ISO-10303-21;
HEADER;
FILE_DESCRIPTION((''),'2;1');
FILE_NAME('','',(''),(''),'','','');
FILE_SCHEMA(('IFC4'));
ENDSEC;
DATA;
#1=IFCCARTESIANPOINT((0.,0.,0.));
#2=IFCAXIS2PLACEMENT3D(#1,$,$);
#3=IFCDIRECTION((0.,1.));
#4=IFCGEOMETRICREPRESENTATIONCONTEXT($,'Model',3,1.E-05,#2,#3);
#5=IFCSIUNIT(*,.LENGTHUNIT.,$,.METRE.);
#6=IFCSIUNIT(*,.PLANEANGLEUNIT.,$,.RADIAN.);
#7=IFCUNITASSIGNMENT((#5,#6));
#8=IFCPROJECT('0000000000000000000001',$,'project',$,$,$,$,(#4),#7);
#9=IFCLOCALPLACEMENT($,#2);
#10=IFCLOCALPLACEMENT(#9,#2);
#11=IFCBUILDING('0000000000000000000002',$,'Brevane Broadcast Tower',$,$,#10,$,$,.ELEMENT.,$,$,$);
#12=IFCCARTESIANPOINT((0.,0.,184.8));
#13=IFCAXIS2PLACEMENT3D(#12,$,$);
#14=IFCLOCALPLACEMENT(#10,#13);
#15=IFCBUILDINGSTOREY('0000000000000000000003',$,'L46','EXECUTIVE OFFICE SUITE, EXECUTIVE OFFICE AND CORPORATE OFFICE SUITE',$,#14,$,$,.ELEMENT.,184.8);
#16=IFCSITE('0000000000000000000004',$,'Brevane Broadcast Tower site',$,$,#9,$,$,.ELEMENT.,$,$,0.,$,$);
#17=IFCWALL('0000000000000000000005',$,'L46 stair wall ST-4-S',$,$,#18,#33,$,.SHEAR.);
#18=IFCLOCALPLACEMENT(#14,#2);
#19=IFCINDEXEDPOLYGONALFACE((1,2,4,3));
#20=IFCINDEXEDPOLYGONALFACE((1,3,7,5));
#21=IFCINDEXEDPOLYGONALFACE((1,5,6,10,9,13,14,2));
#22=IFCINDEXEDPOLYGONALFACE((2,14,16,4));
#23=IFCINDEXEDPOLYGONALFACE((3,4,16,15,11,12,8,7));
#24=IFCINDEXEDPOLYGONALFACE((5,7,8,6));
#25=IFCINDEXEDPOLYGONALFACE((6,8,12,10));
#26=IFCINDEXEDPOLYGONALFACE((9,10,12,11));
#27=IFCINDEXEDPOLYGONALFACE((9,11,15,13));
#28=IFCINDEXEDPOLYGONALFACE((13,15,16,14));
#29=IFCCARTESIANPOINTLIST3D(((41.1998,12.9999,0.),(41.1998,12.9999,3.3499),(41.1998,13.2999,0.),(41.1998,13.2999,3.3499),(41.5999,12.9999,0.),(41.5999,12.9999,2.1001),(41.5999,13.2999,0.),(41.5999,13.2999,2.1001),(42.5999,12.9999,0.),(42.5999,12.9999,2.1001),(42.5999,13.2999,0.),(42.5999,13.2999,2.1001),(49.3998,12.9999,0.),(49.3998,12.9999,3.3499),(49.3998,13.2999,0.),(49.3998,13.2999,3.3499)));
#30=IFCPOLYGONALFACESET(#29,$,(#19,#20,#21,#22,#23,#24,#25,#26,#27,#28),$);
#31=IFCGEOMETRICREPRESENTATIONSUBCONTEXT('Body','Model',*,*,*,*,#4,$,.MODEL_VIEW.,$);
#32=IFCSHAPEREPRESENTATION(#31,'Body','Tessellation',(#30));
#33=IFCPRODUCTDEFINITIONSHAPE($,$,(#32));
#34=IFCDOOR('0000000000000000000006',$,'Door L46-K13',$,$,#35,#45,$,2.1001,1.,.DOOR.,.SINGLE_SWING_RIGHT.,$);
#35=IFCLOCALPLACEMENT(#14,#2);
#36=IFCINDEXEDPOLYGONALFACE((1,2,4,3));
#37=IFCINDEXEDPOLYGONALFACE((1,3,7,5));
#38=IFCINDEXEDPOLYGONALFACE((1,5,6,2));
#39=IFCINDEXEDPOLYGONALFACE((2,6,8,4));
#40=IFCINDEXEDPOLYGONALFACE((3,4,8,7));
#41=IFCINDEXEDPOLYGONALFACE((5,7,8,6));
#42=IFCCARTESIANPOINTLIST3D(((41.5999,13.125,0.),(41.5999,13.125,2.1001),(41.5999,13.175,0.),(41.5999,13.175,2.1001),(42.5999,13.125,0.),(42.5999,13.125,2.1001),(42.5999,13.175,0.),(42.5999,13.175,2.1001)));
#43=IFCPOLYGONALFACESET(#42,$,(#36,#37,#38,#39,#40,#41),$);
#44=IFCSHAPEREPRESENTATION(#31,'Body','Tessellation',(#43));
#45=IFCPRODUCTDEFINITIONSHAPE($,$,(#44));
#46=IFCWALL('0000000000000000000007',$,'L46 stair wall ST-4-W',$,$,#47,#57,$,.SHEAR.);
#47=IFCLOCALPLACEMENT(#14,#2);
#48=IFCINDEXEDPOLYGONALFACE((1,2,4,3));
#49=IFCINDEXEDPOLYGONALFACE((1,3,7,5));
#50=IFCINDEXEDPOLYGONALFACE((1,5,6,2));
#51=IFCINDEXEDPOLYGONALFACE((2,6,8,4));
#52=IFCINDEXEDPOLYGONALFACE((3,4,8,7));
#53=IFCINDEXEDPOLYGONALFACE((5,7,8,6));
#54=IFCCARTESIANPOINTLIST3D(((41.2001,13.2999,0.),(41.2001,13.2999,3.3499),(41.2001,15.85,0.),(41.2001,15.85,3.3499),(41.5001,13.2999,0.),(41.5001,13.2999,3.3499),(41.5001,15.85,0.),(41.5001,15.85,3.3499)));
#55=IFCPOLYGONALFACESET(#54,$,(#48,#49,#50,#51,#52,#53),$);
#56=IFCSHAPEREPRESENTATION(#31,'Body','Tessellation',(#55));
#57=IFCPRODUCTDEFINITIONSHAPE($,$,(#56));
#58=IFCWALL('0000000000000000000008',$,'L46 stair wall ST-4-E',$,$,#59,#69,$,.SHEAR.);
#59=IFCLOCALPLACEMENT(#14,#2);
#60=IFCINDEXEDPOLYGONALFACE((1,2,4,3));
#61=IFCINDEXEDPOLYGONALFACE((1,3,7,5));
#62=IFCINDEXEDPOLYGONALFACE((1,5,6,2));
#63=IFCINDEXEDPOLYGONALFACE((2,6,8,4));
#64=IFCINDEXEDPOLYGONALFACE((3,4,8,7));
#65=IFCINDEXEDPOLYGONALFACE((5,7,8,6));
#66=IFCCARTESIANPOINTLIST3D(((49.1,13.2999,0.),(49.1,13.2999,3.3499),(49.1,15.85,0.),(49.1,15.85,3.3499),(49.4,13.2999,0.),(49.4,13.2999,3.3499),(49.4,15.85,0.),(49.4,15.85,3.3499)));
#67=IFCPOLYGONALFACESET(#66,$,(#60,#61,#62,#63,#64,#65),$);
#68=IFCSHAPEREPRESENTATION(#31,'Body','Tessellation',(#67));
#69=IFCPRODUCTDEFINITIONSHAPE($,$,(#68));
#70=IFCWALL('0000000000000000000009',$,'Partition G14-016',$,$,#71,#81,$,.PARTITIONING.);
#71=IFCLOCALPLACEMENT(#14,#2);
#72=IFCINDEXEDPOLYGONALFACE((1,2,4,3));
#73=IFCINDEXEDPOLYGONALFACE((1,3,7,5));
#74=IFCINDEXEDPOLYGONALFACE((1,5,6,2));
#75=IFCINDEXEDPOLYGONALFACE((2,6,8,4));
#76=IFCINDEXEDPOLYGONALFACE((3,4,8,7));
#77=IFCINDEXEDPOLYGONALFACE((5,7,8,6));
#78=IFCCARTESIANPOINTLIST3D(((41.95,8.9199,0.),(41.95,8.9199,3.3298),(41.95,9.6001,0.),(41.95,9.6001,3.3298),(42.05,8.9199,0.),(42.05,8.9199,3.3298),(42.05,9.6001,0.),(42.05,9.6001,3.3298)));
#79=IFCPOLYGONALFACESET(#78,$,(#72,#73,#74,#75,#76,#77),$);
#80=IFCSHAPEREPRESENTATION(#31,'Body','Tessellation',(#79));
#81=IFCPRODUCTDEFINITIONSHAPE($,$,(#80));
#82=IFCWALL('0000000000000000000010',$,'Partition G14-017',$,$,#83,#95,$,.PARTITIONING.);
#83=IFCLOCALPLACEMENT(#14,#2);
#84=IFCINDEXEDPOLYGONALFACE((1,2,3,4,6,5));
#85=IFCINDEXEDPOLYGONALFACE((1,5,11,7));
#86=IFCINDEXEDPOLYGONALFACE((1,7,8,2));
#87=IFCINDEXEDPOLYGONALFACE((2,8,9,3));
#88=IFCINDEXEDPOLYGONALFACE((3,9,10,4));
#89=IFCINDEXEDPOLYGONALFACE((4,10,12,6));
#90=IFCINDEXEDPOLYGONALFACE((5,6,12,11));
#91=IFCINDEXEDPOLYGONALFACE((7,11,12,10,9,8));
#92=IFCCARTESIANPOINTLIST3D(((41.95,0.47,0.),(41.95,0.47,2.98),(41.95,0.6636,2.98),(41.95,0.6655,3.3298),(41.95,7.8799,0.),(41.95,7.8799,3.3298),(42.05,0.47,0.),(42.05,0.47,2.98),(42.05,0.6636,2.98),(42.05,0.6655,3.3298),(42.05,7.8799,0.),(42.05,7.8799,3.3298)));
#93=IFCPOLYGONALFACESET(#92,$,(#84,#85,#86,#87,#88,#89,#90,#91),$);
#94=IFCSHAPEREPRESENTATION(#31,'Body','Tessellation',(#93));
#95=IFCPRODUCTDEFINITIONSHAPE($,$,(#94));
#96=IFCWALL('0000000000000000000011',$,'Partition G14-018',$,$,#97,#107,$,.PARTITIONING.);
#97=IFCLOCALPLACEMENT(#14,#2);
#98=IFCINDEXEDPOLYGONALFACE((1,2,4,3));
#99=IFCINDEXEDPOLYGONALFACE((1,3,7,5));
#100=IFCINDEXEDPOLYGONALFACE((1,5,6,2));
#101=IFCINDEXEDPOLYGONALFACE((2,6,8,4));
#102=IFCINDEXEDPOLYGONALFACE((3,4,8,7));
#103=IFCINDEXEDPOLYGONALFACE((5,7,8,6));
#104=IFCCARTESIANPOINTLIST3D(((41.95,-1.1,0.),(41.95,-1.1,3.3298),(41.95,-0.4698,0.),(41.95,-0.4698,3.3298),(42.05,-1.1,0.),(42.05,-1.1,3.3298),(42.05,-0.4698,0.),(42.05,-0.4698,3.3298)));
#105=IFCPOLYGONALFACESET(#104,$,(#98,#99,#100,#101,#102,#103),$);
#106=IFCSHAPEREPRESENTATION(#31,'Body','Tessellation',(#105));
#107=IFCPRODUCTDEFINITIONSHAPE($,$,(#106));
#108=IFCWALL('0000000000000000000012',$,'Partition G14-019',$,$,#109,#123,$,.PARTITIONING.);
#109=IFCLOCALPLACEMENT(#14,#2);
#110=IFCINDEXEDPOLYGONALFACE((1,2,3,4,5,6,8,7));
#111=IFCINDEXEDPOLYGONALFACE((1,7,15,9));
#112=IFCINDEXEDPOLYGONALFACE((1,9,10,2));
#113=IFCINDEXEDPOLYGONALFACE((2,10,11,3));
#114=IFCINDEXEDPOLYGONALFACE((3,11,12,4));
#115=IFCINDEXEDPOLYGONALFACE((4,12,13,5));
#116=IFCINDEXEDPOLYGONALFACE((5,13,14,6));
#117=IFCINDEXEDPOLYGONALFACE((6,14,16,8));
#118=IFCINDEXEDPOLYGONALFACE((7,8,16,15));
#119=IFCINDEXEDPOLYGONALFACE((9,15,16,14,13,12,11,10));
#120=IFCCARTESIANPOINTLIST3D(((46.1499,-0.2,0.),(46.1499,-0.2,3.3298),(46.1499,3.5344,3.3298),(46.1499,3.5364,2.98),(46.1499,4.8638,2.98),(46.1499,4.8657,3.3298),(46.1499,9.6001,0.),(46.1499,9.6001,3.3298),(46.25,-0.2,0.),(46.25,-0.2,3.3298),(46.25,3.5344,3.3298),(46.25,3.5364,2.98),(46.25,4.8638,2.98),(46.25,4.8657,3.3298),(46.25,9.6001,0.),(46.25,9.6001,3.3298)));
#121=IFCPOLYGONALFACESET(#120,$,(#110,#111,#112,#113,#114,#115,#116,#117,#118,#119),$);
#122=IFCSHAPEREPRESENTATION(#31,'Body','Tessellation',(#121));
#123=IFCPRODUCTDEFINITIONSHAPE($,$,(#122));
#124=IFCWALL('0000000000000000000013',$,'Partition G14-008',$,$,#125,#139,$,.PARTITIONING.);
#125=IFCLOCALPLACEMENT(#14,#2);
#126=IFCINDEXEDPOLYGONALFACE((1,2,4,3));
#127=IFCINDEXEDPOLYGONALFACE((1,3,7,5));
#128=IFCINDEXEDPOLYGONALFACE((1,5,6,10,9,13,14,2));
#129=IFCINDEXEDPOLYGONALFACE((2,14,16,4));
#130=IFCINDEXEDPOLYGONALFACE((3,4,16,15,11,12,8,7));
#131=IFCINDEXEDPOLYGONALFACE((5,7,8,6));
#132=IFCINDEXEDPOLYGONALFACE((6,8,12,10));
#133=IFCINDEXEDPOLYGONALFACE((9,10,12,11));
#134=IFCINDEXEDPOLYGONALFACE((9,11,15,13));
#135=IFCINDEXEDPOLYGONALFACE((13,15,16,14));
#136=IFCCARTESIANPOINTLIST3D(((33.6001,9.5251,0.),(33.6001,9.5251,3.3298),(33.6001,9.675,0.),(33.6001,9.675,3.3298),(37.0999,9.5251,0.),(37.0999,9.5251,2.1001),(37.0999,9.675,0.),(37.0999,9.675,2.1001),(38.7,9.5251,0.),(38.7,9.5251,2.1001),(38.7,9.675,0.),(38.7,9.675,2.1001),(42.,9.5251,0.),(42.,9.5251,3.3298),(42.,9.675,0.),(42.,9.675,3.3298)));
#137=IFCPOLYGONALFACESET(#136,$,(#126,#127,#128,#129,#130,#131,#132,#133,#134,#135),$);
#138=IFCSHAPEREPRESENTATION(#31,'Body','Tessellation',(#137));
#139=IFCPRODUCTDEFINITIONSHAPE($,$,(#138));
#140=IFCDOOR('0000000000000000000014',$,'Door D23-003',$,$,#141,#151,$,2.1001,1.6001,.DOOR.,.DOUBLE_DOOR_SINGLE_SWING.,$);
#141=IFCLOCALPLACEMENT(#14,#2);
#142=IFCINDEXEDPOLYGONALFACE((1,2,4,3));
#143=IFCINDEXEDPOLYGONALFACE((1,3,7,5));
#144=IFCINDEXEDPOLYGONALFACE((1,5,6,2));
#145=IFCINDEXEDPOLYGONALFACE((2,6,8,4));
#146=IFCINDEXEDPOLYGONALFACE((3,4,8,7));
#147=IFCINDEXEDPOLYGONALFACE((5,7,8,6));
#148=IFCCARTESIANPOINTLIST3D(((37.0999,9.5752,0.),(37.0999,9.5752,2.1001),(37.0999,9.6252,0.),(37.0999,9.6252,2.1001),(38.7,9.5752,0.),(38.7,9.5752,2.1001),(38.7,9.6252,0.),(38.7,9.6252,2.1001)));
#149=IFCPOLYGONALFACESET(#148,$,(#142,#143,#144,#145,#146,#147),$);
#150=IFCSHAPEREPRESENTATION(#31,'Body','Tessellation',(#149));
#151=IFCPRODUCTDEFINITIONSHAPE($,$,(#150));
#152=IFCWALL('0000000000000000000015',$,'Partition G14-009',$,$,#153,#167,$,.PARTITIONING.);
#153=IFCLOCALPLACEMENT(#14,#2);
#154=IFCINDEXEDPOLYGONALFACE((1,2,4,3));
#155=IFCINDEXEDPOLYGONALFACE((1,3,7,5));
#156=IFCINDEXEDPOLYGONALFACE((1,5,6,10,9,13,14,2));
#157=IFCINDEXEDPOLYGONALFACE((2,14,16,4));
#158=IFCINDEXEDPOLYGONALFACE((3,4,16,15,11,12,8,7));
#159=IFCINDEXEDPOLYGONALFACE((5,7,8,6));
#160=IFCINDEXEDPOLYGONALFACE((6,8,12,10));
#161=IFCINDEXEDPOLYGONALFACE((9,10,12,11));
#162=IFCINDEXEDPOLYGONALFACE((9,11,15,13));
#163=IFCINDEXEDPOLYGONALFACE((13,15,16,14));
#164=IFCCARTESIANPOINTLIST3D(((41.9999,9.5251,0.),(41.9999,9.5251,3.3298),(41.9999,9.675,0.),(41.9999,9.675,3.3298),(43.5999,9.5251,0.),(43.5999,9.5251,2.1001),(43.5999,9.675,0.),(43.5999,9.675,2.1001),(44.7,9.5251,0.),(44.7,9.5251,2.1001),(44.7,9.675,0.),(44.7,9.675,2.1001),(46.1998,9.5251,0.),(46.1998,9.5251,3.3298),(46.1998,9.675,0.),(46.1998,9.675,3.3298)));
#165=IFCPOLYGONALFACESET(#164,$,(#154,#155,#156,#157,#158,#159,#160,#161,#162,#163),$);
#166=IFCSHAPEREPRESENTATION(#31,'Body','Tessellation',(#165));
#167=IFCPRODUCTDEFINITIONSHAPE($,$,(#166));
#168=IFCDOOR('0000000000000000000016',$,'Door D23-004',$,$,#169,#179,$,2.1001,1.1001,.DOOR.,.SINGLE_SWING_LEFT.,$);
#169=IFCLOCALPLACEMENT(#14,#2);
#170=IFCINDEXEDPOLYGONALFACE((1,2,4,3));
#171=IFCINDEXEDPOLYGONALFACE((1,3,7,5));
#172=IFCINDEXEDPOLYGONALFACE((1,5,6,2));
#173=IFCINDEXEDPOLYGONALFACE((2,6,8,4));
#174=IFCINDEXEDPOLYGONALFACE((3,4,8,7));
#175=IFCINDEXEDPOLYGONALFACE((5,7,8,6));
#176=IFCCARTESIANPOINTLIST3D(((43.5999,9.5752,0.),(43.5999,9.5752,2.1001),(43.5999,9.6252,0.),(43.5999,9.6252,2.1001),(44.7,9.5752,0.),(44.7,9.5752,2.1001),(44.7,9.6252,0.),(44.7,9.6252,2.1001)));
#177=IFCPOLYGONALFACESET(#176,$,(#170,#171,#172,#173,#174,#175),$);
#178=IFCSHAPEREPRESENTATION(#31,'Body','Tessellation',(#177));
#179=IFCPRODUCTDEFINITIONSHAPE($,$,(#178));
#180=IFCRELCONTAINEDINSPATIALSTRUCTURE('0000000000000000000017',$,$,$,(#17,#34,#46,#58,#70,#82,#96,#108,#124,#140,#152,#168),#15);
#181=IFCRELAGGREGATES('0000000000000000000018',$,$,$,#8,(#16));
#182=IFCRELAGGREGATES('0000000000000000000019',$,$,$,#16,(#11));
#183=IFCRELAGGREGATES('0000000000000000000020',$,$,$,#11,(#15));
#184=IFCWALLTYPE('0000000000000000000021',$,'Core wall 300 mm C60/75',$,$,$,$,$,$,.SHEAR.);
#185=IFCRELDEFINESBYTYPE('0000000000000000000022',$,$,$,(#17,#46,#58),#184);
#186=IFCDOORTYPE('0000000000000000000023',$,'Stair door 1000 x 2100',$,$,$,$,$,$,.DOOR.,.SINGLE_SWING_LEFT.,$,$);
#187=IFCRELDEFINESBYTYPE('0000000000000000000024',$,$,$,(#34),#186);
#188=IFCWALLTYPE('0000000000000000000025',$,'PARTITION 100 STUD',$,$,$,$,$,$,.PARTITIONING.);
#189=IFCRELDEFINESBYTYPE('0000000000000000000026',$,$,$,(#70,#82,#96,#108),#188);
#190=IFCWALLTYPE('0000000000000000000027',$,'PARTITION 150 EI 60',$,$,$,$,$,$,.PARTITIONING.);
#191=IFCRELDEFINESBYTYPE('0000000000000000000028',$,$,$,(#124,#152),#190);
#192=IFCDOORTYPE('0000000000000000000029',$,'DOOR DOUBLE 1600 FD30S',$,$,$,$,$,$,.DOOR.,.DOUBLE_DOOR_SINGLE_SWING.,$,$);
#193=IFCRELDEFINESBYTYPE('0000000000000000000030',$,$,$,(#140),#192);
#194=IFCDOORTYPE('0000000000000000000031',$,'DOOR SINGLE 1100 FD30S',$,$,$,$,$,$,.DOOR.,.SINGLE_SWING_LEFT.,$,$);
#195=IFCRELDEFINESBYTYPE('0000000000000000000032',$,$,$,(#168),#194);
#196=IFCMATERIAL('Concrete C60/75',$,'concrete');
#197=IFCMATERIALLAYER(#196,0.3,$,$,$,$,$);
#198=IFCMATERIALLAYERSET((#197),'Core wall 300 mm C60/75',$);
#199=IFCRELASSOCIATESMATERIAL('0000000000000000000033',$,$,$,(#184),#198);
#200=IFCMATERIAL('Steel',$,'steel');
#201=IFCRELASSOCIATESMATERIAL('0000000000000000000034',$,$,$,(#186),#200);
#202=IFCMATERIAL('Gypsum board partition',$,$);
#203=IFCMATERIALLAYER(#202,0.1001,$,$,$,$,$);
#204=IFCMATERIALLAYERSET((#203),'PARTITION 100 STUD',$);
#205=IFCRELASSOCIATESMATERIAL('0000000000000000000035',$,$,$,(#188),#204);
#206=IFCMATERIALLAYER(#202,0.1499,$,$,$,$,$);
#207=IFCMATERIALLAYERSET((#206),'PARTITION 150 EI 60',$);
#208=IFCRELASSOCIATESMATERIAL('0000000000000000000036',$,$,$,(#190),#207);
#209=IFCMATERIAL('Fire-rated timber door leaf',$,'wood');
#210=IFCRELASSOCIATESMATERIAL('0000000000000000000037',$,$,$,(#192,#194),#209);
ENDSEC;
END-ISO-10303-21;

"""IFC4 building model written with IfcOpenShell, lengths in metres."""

from ifc_helpers import new_model, si_unit, direction, frame, frame_2d, origin, place, context, subcontext, project, spatial, polyline, rectangle, outline, extrude, material, layer, layer_set, type_object, element, fill, save


model = new_model("IFC4")

# Units and contexts
model_context = context("Model", 3, precision=1e-05, world=origin(), true_north=direction((0.0, 1.0)))
body_context = subcontext(model_context, "Body", "Model", "MODEL_VIEW")
ifc_project = project(units=[si_unit("LENGTHUNIT", "METRE"), si_unit("PLANEANGLEUNIT", "RADIAN")], contexts=[model_context])

# Site, building, storey
site_placement = place(None, origin())
site = spatial("IfcSite", under=ifc_project, at=site_placement, Name="Brevane Broadcast Tower site", CompositionType="ELEMENT", RefElevation=0.0)
building_placement = place(site_placement, origin())
building = spatial("IfcBuilding", under=site, at=building_placement, Name="Brevane Broadcast Tower", CompositionType="ELEMENT")
storey_placement = place(building_placement, frame((0.0, 0.0, 184.8)))
storey = spatial("IfcBuildingStorey", under=building, at=storey_placement, Name="L46", Description="EXECUTIVE OFFICE SUITE, EXECUTIVE OFFICE AND CORPORATE OFFICE SUITE", CompositionType="ELEMENT", Elevation=184.8)

# Shared definitions
ifc_material_1 = material(Name="Concrete C60/75", Category="concrete")

# Wall, opening, door
ifc_layer_1 = layer(ifc_material_1, 0.3)
ifc_layer_set_1 = layer_set([ifc_layer_1], Name="Core wall 300 mm C60/75")
wall_type_1 = type_object("IfcWallType", Name="Core wall 300 mm C60/75", PredefinedType="SHEAR", material=ifc_layer_set_1)
wall_1_placement = place(storey_placement, frame((49.3999, 13.1499, 0.0), z_axis=(0.0, 0.0, 1.0), x_axis=(-1.0, 0.0, 0.0)))
wall_1 = element("IfcWall", 1, at=wall_1_placement, inside=storey, type_object=wall_type_1, Name="L46 stair wall ST-4-S", PredefinedType="SHEAR", context=body_context, shape_type="SweptSolid", body=[
    extrude(rectangle(XDim=8.2, YDim=0.3, at=frame_2d((4.1001, 0.0))), origin(), (0.0, 0.0, 1.0), 3.3499),
])
opening_1_placement = place(wall_1_placement, frame((6.8, 0.0, 0.0)))
opening_1 = element("IfcOpeningElement", 2, at=opening_1_placement, cuts=wall_1, PredefinedType="OPENING", context=body_context, shape_type="SweptSolid", body=[
    extrude(rectangle(XDim=1.0, YDim=2.1001, at=frame_2d((0.5, 1.05))), frame((0.0, 0.1599, 0.0), z_axis=(0.0, -1.0, 0.0), x_axis=(1.0, 0.0, 0.0)), (0.0, 0.0, 1.0), 0.3201),
])
ifc_material_2 = material(Name="Steel", Category="steel")
door_type_1 = type_object("IfcDoorType", Name="Stair door 1000 x 2100", OperationType="SINGLE_SWING_LEFT", PredefinedType="DOOR", material=ifc_material_2)
door_1_placement = place(opening_1_placement, origin())
door_1 = element("IfcDoor", 3, at=door_1_placement, inside=storey, type_object=door_type_1, Name="Door L46-K13", OperationType="SINGLE_SWING_RIGHT", OverallHeight=2.1001, OverallWidth=1.0, PredefinedType="DOOR", context=body_context, shape_type="SweptSolid", body=[
    extrude(rectangle(XDim=1.0, YDim=2.1001, at=frame_2d((0.5, 1.05))), frame((0.0, 0.0249, 0.0), z_axis=(0.0, -1.0, 0.0), x_axis=(1.0, 0.0, 0.0)), (0.0, 0.0, 1.0), 0.05),
])
fill(opening_1, door_1)

# Walls
for number, where, z_axis, x_axis, name in (
    (4, (41.3501, 13.3, 0.0), (0.0, 0.0, 1.0), (0.0, 1.0, 0.0), "L46 stair wall ST-4-W"),
    (5, (49.25, 13.3, 0.0), (0.0, 0.0, 1.0), (0.0, 1.0, 0.0), "L46 stair wall ST-4-E"),
):
    element("IfcWall", number, at=place(storey_placement, frame(where, z_axis=z_axis, x_axis=x_axis)), inside=storey, type_object=wall_type_1, Name=name, PredefinedType="SHEAR", context=body_context, shape_type="SweptSolid", body=[
        extrude(rectangle(XDim=2.55, YDim=0.3, at=frame_2d((1.2749, 0.0))), origin(), (0.0, 0.0, 1.0), 3.3499),
    ])
ifc_material_3 = material(Name="Gypsum board partition")
ifc_layer_2 = layer(ifc_material_3, 0.1001)
ifc_layer_set_2 = layer_set([ifc_layer_2], Name="PARTITION 100 STUD")
wall_type_2 = type_object("IfcWallType", Name="PARTITION 100 STUD", PredefinedType="PARTITIONING", material=ifc_layer_set_2)
wall_2_placement = place(storey_placement, frame((42.0, 9.6001, 0.0), z_axis=(0.0, 0.0, 1.0), x_axis=(0.0, -1.0, 0.0)))
element("IfcWall", 6, at=wall_2_placement, inside=storey, type_object=wall_type_2, Name="Partition G14-016", PredefinedType="PARTITIONING", context=body_context, shape_type="SweptSolid", body=[
    extrude(rectangle(XDim=0.6802, YDim=0.1001, at=frame_2d((0.3401, 0.0))), origin(), (0.0, 0.0, 1.0), 3.3298),
])
wall_3_placement = place(storey_placement, frame((42.0, 7.8799, 0.0), z_axis=(0.0, 0.0, 1.0), x_axis=(0.0, -1.0, 0.0)))
element("IfcWall", 7, at=wall_3_placement, inside=storey, type_object=wall_type_2, Name="Partition G14-017", PredefinedType="PARTITIONING", context=body_context, shape_type="SweptSolid", body=[
    extrude(outline(polyline([(0.0, 0.0), (7.4099, 0.0), (7.4099, 2.98), (7.2163, 2.98), (7.2144, 3.3298), (0.0, 3.3298), (0.0, 0.0)])), frame((0.0, 0.05, 0.0), z_axis=(0.0, -1.0, 0.0), x_axis=(1.0, 0.0, 0.0)), (0.0, 0.0, 1.0), 0.1001),
])
wall_4_placement = place(storey_placement, frame((42.0, -0.47, 0.0), z_axis=(0.0, 0.0, 1.0), x_axis=(0.0, -1.0, 0.0)))
element("IfcWall", 8, at=wall_4_placement, inside=storey, type_object=wall_type_2, Name="Partition G14-018", PredefinedType="PARTITIONING", context=body_context, shape_type="SweptSolid", body=[
    extrude(rectangle(XDim=0.6301, YDim=0.1001, at=frame_2d((0.3149, 0.0))), origin(), (0.0, 0.0, 1.0), 3.3298),
])
wall_5_placement = place(storey_placement, frame((46.2, 9.6001, 0.0), z_axis=(0.0, 0.0, 1.0), x_axis=(0.0, -1.0, 0.0)))
element("IfcWall", 9, at=wall_5_placement, inside=storey, type_object=wall_type_2, Name="Partition G14-019", PredefinedType="PARTITIONING", context=body_context, shape_type="SweptSolid", body=[
    extrude(outline(polyline([(0.0, 0.0), (9.8, 0.0), (9.8, 3.3298), (6.0657, 3.3298), (6.0637, 2.98), (4.7363, 2.98), (4.7344, 3.3298), (0.0, 3.3298), (0.0, 0.0)])), frame((0.0, 0.05, 0.0), z_axis=(0.0, -1.0, 0.0), x_axis=(1.0, 0.0, 0.0)), (0.0, 0.0, 1.0), 0.1001),
])

# Walls, openings, doors
ifc_layer_3 = layer(ifc_material_3, 0.1499)
ifc_layer_set_3 = layer_set([ifc_layer_3], Name="PARTITION 150 EI 60")
wall_type_3 = type_object("IfcWallType", Name="PARTITION 150 EI 60", PredefinedType="PARTITIONING", material=ifc_layer_set_3)
wall_6_placement = place(storey_placement, frame((42.0, 9.6001, 0.0), z_axis=(0.0, 0.0, 1.0), x_axis=(-1.0, 0.0, 0.0)))
wall_6 = element("IfcWall", 10, at=wall_6_placement, inside=storey, type_object=wall_type_3, Name="Partition G14-008", PredefinedType="PARTITIONING", context=body_context, shape_type="SweptSolid", body=[
    extrude(rectangle(XDim=8.3999, YDim=0.1499, at=frame_2d((4.2, 0.0))), origin(), (0.0, 0.0, 1.0), 3.3298),
])
opening_2_placement = place(wall_6_placement, frame((3.3, 0.0, 0.0)))
opening_2 = element("IfcOpeningElement", 11, at=opening_2_placement, cuts=wall_6, PredefinedType="OPENING", context=body_context, shape_type="SweptSolid", body=[
    extrude(rectangle(XDim=1.6001, YDim=2.1001, at=frame_2d((0.8, 1.05))), frame((0.0, 0.085, 0.0), z_axis=(0.0, -1.0, 0.0), x_axis=(1.0, 0.0, 0.0)), (0.0, 0.0, 1.0), 0.1699),
])
ifc_material_4 = material(Name="Fire-rated timber door leaf", Category="wood")
door_type_2 = type_object("IfcDoorType", Name="DOOR DOUBLE 1600 FD30S", OperationType="DOUBLE_DOOR_SINGLE_SWING", PredefinedType="DOOR", material=ifc_material_4)
door_2_placement = place(opening_2_placement, origin())
door_2 = element("IfcDoor", 12, at=door_2_placement, inside=storey, type_object=door_type_2, Name="Door D23-003", OperationType="DOUBLE_DOOR_SINGLE_SWING", OverallHeight=2.1001, OverallWidth=1.6001, PredefinedType="DOOR", context=body_context, shape_type="SweptSolid", body=[
    extrude(rectangle(XDim=1.6001, YDim=2.1001, at=frame_2d((0.8, 1.05))), frame((0.0, 0.0249, 0.0), z_axis=(0.0, -1.0, 0.0), x_axis=(1.0, 0.0, 0.0)), (0.0, 0.0, 1.0), 0.05),
])
fill(opening_2, door_2)
wall_7_placement = place(storey_placement, frame((46.2, 9.6001, 0.0), z_axis=(0.0, 0.0, 1.0), x_axis=(-1.0, 0.0, 0.0)))
wall_7 = element("IfcWall", 13, at=wall_7_placement, inside=storey, type_object=wall_type_3, Name="Partition G14-009", PredefinedType="PARTITIONING", context=body_context, shape_type="SweptSolid", body=[
    extrude(rectangle(XDim=4.2, YDim=0.1499, at=frame_2d((2.1001, 0.0))), origin(), (0.0, 0.0, 1.0), 3.3298),
])
opening_3_placement = place(wall_7_placement, frame((1.5, 0.0, 0.0)))
opening_3 = element("IfcOpeningElement", 14, at=opening_3_placement, cuts=wall_7, PredefinedType="OPENING", context=body_context, shape_type="SweptSolid", body=[
    extrude(rectangle(XDim=1.1001, YDim=2.1001, at=frame_2d((0.55, 1.05))), frame((0.0, 0.085, 0.0), z_axis=(0.0, -1.0, 0.0), x_axis=(1.0, 0.0, 0.0)), (0.0, 0.0, 1.0), 0.1699),
])
door_type_3 = type_object("IfcDoorType", Name="DOOR SINGLE 1100 FD30S", OperationType="SINGLE_SWING_LEFT", PredefinedType="DOOR", material=ifc_material_4)
door_3_placement = place(opening_3_placement, origin())
door_3 = element("IfcDoor", 15, at=door_3_placement, inside=storey, type_object=door_type_3, Name="Door D23-004", OperationType="SINGLE_SWING_LEFT", OverallHeight=2.1001, OverallWidth=1.1001, PredefinedType="DOOR", context=body_context, shape_type="SweptSolid", body=[
    extrude(rectangle(XDim=1.1001, YDim=2.1001, at=frame_2d((0.55, 1.05))), frame((0.0, 0.0249, 0.0), z_axis=(0.0, -1.0, 0.0), x_axis=(1.0, 0.0, 0.0)), (0.0, 0.0, 1.0), 0.05),
])
fill(opening_3, door_3)

save(model, "model.ifc")
